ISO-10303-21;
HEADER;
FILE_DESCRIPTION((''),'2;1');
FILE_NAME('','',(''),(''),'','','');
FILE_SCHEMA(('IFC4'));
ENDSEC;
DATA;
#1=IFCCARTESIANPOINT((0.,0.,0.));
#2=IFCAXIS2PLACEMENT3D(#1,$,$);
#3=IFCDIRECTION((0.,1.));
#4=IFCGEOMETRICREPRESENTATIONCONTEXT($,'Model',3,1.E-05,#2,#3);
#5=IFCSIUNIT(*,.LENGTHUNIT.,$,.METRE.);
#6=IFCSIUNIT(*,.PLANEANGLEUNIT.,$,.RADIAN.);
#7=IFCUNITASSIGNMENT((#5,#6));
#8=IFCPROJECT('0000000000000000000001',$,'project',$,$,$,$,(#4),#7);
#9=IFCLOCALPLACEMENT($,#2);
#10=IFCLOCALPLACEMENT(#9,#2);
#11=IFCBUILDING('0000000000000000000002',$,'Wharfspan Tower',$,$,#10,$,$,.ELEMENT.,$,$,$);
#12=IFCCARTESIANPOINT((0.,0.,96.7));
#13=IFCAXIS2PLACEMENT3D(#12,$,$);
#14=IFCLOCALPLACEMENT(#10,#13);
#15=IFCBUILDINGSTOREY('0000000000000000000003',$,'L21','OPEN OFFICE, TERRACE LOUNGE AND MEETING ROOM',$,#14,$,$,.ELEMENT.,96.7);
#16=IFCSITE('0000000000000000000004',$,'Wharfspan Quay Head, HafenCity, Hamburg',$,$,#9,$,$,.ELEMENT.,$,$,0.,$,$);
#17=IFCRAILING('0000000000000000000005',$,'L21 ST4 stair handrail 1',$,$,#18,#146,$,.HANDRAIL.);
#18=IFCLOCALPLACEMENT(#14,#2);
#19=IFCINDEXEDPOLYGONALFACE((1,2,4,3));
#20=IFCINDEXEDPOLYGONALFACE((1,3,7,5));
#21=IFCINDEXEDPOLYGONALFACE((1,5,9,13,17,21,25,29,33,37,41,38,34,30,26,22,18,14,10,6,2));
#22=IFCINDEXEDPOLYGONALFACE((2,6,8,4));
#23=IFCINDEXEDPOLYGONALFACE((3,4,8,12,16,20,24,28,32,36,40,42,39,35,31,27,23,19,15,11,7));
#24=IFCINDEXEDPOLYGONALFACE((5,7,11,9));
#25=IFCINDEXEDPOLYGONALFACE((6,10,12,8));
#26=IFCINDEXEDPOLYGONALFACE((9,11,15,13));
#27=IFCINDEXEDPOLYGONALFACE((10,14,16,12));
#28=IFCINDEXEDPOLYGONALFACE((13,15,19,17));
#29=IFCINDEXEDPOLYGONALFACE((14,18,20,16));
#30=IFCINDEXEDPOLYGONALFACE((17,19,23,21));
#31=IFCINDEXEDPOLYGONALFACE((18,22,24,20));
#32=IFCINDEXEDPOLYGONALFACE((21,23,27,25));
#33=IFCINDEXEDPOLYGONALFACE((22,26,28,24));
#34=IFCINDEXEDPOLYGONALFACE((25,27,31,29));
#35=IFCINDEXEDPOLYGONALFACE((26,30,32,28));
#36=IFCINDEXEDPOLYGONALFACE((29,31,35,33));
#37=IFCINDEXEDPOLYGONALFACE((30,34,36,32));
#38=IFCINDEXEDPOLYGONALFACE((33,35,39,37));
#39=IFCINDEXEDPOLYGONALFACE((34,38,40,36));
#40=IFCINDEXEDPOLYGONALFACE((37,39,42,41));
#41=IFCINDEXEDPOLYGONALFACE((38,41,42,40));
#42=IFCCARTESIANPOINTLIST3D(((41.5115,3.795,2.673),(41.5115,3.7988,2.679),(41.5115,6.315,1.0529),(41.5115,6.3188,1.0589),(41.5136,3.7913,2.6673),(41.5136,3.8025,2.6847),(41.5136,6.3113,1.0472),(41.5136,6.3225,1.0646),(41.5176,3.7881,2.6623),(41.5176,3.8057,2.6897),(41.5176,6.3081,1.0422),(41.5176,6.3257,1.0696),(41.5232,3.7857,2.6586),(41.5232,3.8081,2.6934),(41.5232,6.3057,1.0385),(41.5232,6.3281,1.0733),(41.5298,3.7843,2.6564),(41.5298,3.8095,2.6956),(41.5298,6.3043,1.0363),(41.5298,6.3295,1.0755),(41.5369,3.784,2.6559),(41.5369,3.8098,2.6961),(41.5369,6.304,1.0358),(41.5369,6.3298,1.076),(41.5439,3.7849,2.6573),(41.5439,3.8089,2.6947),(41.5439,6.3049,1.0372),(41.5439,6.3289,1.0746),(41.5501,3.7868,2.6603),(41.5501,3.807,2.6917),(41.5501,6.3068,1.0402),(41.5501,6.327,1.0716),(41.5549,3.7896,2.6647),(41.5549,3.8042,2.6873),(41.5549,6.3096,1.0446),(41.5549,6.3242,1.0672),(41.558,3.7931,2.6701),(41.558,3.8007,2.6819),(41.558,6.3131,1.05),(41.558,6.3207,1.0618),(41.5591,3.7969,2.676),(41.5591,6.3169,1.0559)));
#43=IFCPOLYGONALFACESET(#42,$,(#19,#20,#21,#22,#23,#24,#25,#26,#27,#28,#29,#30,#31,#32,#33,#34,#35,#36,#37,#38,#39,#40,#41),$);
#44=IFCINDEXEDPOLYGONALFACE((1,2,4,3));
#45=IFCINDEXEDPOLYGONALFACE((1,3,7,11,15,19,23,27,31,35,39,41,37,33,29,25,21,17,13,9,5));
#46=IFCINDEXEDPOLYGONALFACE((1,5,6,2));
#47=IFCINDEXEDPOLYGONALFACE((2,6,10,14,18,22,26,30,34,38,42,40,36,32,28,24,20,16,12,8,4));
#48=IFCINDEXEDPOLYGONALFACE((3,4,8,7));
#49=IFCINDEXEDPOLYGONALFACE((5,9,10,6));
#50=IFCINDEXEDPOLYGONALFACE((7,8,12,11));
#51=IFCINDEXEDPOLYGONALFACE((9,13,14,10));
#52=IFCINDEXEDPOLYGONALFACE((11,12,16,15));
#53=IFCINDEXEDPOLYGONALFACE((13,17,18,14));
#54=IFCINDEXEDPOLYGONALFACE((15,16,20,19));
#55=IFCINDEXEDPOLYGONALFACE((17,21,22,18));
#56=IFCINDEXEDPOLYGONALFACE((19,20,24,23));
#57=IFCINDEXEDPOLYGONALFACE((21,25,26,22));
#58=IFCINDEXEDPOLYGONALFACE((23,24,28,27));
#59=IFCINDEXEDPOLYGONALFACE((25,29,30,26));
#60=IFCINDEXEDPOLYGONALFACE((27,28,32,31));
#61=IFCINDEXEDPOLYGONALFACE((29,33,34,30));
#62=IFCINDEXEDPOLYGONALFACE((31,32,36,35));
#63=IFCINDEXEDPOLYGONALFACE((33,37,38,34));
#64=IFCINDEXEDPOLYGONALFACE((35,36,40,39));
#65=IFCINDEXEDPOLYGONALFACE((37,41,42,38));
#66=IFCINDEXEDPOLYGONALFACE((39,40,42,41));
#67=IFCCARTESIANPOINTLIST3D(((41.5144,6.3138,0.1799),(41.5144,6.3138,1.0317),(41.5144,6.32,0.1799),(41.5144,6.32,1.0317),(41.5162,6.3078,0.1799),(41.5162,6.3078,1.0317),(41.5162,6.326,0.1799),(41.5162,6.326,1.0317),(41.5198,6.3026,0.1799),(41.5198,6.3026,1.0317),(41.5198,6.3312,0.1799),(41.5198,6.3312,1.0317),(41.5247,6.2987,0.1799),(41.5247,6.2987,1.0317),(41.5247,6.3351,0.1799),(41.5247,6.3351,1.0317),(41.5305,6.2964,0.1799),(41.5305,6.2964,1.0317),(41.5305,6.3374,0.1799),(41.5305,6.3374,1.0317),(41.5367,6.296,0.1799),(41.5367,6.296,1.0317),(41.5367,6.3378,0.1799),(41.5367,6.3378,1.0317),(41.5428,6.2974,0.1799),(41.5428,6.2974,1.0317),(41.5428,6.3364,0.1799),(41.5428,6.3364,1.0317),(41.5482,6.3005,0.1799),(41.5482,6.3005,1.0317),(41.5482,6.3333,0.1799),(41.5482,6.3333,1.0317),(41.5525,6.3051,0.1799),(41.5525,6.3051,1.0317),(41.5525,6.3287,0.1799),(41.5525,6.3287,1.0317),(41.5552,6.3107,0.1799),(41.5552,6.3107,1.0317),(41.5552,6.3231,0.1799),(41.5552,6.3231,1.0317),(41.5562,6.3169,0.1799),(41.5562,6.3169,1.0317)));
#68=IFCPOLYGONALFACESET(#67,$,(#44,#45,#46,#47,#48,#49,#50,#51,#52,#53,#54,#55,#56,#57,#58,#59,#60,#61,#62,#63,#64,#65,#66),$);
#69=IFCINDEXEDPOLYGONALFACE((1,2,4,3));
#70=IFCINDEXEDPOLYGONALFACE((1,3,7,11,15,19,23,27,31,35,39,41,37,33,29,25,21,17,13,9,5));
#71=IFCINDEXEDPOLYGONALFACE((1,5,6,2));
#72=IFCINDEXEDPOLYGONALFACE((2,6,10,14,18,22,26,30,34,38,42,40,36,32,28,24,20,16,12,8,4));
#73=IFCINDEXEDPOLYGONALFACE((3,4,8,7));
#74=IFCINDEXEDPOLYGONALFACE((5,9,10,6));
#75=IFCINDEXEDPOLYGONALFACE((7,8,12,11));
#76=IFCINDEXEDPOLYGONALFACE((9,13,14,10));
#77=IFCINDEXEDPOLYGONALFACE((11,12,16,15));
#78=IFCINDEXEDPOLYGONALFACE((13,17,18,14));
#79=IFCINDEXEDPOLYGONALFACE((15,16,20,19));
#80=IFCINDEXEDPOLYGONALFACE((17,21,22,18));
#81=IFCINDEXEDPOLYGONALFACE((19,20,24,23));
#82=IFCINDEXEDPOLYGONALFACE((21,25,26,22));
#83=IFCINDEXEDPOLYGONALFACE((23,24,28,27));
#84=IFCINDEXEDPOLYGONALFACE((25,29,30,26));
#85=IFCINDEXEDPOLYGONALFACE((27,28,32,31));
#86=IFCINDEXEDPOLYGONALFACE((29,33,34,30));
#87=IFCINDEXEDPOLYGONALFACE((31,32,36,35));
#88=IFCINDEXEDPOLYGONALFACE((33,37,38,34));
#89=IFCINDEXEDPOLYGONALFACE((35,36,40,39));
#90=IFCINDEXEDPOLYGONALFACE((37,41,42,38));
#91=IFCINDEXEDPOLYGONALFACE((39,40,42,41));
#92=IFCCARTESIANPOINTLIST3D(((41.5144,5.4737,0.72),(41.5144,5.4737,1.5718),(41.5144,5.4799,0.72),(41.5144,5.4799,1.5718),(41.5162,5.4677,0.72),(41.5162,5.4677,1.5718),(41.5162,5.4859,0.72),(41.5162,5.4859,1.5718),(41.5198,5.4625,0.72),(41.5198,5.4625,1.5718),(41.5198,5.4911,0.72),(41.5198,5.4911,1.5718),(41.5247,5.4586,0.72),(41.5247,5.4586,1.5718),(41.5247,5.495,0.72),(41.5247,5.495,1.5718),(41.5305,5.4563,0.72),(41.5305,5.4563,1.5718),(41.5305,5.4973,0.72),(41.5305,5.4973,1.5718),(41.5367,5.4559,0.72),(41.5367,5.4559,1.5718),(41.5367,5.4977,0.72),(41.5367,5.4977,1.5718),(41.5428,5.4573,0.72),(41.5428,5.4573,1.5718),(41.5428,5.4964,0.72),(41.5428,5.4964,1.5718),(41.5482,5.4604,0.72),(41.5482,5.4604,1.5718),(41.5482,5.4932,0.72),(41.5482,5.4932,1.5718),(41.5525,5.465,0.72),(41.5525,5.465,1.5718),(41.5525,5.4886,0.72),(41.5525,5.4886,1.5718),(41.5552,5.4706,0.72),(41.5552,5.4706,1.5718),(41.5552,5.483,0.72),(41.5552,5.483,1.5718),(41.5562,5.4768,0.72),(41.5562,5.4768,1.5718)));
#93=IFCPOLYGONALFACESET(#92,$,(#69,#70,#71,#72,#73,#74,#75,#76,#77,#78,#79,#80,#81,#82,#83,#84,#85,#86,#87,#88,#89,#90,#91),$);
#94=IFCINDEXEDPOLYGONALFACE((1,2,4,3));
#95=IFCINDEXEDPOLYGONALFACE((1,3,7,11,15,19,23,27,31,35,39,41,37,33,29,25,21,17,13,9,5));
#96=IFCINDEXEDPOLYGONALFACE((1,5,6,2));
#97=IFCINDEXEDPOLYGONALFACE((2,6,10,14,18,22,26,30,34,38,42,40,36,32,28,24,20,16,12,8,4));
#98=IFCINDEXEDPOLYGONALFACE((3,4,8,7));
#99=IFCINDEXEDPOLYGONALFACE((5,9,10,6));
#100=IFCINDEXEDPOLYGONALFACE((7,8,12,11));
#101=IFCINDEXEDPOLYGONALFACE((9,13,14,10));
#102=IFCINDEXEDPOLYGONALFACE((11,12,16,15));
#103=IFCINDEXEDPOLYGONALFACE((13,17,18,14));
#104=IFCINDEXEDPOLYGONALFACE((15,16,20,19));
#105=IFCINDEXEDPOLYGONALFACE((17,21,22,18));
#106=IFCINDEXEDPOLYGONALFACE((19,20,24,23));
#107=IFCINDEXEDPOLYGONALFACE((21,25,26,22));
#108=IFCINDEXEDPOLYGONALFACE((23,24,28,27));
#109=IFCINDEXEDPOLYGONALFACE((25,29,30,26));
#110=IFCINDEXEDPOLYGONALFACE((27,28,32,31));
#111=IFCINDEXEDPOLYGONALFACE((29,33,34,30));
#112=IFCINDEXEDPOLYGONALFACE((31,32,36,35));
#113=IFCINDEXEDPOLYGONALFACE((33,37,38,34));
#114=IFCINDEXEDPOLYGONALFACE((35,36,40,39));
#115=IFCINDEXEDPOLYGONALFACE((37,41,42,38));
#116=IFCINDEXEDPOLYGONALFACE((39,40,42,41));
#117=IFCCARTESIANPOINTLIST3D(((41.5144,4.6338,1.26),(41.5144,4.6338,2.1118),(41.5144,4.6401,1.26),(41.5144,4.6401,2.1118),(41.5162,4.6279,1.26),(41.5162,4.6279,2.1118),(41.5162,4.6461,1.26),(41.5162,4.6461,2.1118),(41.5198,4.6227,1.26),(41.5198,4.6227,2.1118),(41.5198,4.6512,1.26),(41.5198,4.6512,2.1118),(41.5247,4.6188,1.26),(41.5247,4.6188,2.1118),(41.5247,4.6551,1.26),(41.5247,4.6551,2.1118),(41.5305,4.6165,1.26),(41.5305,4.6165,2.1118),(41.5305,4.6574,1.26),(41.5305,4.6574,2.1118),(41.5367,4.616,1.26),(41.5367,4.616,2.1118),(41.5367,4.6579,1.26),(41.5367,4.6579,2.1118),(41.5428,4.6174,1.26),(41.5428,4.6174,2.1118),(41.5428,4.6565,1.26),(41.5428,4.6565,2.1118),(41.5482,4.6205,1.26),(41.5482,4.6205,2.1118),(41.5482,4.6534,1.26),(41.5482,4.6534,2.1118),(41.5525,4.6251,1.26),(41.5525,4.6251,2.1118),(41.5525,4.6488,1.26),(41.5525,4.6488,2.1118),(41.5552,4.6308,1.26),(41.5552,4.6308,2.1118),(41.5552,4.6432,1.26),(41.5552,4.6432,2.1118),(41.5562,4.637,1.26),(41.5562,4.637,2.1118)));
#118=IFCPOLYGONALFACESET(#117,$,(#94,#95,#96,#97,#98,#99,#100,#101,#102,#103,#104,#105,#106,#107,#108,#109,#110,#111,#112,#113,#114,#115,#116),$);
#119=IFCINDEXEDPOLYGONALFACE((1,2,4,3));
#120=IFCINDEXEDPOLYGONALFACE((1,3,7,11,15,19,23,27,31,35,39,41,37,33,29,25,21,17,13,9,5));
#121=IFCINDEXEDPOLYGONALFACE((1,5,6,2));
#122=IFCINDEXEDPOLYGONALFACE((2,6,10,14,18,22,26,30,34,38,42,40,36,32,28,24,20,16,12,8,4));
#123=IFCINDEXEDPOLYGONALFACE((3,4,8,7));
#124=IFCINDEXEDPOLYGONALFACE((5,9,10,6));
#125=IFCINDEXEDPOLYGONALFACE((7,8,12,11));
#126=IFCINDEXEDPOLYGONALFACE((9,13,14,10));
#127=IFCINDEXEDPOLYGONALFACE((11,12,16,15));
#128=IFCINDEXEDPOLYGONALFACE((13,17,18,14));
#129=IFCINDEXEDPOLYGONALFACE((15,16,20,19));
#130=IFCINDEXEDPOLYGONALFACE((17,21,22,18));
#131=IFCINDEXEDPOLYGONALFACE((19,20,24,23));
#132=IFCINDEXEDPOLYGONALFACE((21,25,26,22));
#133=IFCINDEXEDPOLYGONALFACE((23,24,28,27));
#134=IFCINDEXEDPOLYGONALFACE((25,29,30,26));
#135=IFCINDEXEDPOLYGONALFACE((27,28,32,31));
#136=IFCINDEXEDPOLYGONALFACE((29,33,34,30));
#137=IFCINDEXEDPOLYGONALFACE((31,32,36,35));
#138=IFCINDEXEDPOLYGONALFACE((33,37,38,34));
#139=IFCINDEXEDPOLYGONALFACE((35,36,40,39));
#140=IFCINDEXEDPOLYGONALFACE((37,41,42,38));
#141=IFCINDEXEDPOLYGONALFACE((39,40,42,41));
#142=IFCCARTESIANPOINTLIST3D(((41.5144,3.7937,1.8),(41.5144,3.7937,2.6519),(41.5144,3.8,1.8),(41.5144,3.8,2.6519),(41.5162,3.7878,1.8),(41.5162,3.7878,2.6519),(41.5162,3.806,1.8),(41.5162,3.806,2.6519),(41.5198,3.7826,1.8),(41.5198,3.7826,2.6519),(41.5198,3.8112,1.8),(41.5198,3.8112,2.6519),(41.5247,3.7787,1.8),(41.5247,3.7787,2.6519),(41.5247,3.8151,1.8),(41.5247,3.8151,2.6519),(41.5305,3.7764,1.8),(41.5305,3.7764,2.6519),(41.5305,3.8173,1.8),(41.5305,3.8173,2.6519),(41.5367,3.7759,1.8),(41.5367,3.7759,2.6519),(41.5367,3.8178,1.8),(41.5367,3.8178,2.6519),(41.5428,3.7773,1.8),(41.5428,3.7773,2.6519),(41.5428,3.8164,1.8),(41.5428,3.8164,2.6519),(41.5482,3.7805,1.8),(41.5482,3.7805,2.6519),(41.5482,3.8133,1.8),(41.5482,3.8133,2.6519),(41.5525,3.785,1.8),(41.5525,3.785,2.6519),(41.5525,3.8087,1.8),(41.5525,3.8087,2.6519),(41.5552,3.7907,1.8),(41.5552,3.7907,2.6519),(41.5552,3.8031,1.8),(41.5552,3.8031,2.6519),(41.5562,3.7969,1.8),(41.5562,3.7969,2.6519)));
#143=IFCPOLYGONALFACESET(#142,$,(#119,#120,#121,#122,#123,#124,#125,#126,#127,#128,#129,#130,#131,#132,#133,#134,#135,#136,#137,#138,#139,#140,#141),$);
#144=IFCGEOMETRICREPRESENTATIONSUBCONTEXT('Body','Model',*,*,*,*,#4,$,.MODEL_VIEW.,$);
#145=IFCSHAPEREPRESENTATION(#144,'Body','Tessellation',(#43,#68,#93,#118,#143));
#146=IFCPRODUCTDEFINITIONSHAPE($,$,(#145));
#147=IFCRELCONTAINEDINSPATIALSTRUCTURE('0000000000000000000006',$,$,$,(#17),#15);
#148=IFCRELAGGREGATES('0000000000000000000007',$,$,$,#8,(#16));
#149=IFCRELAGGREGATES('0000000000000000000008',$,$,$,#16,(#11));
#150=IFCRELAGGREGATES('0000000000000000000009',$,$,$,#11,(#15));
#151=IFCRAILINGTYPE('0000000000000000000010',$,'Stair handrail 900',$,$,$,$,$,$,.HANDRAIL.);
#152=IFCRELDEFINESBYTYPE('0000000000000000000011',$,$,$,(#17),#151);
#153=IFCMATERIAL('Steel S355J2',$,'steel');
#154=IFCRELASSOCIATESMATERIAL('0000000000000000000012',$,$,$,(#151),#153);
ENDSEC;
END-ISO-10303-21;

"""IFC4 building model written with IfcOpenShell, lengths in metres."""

from ifc_helpers import new_model, si_unit, direction, frame, origin, origin_2d, place, context, subcontext, project, spatial, circle, extrude, material, type_object, element, save


model = new_model("IFC4")

# Units and contexts
model_context = context("Model", 3, precision=1e-05, world=origin(), true_north=direction((0.0, 1.0)))
body_context = subcontext(model_context, "Body", "Model", "MODEL_VIEW")
ifc_project = project(units=[si_unit("LENGTHUNIT", "METRE"), si_unit("PLANEANGLEUNIT", "RADIAN")], contexts=[model_context])

# Site, building, storey
site_placement = place(None, origin())
site = spatial("IfcSite", under=ifc_project, at=site_placement, Name="Wharfspan Quay Head, HafenCity, Hamburg", CompositionType="ELEMENT", RefElevation=0.0)
building_placement = place(site_placement, origin())
building = spatial("IfcBuilding", under=site, at=building_placement, Name="Wharfspan Tower", CompositionType="ELEMENT")
storey_placement = place(building_placement, frame((0.0, 0.0, 96.7)))
storey = spatial("IfcBuildingStorey", under=building, at=storey_placement, Name="L21", Description="OPEN OFFICE, TERRACE LOUNGE AND MEETING ROOM", CompositionType="ELEMENT", Elevation=96.7)

# Shared definitions
ifc_material_1 = material(Name="Steel S355J2", Category="steel")

# Railing
railing_type_1 = type_object("IfcRailingType", Name="Stair handrail 900", PredefinedType="HANDRAIL", material=ifc_material_1)
railing_1_placement = place(storey_placement, frame((41.5352, 6.3169, 0.1799)))
element("IfcRailing", 1, at=railing_1_placement, inside=storey, type_object=railing_type_1, Name="L21 ST4 stair handrail 1", PredefinedType="HANDRAIL", context=body_context, shape_type="SweptSolid", body=[
    extrude(circle(Radius=0.0239, at=origin_2d()), frame((0.0, 0.0, 0.876), z_axis=(0.0, -0.841163, 0.540782), x_axis=(1.0, 0.0, 0.0)), (0.0, 0.0, 1.0), 2.9958),
    extrude(circle(Radius=0.021, at=origin_2d()), origin(), (0.0, 0.0, 1.0), 0.8518),
    extrude(circle(Radius=0.021, at=origin_2d()), frame((0.0, -0.8401, 0.54)), (0.0, 0.0, 1.0), 0.8518),
    extrude(circle(Radius=0.021, at=origin_2d()), frame((0.0, -1.6799, 1.0801)), (0.0, 0.0, 1.0), 0.8518),
    extrude(circle(Radius=0.021, at=origin_2d()), frame((0.0, -2.52, 1.6201)), (0.0, 0.0, 1.0), 0.8518),
])

save(model, "model.ifc")
